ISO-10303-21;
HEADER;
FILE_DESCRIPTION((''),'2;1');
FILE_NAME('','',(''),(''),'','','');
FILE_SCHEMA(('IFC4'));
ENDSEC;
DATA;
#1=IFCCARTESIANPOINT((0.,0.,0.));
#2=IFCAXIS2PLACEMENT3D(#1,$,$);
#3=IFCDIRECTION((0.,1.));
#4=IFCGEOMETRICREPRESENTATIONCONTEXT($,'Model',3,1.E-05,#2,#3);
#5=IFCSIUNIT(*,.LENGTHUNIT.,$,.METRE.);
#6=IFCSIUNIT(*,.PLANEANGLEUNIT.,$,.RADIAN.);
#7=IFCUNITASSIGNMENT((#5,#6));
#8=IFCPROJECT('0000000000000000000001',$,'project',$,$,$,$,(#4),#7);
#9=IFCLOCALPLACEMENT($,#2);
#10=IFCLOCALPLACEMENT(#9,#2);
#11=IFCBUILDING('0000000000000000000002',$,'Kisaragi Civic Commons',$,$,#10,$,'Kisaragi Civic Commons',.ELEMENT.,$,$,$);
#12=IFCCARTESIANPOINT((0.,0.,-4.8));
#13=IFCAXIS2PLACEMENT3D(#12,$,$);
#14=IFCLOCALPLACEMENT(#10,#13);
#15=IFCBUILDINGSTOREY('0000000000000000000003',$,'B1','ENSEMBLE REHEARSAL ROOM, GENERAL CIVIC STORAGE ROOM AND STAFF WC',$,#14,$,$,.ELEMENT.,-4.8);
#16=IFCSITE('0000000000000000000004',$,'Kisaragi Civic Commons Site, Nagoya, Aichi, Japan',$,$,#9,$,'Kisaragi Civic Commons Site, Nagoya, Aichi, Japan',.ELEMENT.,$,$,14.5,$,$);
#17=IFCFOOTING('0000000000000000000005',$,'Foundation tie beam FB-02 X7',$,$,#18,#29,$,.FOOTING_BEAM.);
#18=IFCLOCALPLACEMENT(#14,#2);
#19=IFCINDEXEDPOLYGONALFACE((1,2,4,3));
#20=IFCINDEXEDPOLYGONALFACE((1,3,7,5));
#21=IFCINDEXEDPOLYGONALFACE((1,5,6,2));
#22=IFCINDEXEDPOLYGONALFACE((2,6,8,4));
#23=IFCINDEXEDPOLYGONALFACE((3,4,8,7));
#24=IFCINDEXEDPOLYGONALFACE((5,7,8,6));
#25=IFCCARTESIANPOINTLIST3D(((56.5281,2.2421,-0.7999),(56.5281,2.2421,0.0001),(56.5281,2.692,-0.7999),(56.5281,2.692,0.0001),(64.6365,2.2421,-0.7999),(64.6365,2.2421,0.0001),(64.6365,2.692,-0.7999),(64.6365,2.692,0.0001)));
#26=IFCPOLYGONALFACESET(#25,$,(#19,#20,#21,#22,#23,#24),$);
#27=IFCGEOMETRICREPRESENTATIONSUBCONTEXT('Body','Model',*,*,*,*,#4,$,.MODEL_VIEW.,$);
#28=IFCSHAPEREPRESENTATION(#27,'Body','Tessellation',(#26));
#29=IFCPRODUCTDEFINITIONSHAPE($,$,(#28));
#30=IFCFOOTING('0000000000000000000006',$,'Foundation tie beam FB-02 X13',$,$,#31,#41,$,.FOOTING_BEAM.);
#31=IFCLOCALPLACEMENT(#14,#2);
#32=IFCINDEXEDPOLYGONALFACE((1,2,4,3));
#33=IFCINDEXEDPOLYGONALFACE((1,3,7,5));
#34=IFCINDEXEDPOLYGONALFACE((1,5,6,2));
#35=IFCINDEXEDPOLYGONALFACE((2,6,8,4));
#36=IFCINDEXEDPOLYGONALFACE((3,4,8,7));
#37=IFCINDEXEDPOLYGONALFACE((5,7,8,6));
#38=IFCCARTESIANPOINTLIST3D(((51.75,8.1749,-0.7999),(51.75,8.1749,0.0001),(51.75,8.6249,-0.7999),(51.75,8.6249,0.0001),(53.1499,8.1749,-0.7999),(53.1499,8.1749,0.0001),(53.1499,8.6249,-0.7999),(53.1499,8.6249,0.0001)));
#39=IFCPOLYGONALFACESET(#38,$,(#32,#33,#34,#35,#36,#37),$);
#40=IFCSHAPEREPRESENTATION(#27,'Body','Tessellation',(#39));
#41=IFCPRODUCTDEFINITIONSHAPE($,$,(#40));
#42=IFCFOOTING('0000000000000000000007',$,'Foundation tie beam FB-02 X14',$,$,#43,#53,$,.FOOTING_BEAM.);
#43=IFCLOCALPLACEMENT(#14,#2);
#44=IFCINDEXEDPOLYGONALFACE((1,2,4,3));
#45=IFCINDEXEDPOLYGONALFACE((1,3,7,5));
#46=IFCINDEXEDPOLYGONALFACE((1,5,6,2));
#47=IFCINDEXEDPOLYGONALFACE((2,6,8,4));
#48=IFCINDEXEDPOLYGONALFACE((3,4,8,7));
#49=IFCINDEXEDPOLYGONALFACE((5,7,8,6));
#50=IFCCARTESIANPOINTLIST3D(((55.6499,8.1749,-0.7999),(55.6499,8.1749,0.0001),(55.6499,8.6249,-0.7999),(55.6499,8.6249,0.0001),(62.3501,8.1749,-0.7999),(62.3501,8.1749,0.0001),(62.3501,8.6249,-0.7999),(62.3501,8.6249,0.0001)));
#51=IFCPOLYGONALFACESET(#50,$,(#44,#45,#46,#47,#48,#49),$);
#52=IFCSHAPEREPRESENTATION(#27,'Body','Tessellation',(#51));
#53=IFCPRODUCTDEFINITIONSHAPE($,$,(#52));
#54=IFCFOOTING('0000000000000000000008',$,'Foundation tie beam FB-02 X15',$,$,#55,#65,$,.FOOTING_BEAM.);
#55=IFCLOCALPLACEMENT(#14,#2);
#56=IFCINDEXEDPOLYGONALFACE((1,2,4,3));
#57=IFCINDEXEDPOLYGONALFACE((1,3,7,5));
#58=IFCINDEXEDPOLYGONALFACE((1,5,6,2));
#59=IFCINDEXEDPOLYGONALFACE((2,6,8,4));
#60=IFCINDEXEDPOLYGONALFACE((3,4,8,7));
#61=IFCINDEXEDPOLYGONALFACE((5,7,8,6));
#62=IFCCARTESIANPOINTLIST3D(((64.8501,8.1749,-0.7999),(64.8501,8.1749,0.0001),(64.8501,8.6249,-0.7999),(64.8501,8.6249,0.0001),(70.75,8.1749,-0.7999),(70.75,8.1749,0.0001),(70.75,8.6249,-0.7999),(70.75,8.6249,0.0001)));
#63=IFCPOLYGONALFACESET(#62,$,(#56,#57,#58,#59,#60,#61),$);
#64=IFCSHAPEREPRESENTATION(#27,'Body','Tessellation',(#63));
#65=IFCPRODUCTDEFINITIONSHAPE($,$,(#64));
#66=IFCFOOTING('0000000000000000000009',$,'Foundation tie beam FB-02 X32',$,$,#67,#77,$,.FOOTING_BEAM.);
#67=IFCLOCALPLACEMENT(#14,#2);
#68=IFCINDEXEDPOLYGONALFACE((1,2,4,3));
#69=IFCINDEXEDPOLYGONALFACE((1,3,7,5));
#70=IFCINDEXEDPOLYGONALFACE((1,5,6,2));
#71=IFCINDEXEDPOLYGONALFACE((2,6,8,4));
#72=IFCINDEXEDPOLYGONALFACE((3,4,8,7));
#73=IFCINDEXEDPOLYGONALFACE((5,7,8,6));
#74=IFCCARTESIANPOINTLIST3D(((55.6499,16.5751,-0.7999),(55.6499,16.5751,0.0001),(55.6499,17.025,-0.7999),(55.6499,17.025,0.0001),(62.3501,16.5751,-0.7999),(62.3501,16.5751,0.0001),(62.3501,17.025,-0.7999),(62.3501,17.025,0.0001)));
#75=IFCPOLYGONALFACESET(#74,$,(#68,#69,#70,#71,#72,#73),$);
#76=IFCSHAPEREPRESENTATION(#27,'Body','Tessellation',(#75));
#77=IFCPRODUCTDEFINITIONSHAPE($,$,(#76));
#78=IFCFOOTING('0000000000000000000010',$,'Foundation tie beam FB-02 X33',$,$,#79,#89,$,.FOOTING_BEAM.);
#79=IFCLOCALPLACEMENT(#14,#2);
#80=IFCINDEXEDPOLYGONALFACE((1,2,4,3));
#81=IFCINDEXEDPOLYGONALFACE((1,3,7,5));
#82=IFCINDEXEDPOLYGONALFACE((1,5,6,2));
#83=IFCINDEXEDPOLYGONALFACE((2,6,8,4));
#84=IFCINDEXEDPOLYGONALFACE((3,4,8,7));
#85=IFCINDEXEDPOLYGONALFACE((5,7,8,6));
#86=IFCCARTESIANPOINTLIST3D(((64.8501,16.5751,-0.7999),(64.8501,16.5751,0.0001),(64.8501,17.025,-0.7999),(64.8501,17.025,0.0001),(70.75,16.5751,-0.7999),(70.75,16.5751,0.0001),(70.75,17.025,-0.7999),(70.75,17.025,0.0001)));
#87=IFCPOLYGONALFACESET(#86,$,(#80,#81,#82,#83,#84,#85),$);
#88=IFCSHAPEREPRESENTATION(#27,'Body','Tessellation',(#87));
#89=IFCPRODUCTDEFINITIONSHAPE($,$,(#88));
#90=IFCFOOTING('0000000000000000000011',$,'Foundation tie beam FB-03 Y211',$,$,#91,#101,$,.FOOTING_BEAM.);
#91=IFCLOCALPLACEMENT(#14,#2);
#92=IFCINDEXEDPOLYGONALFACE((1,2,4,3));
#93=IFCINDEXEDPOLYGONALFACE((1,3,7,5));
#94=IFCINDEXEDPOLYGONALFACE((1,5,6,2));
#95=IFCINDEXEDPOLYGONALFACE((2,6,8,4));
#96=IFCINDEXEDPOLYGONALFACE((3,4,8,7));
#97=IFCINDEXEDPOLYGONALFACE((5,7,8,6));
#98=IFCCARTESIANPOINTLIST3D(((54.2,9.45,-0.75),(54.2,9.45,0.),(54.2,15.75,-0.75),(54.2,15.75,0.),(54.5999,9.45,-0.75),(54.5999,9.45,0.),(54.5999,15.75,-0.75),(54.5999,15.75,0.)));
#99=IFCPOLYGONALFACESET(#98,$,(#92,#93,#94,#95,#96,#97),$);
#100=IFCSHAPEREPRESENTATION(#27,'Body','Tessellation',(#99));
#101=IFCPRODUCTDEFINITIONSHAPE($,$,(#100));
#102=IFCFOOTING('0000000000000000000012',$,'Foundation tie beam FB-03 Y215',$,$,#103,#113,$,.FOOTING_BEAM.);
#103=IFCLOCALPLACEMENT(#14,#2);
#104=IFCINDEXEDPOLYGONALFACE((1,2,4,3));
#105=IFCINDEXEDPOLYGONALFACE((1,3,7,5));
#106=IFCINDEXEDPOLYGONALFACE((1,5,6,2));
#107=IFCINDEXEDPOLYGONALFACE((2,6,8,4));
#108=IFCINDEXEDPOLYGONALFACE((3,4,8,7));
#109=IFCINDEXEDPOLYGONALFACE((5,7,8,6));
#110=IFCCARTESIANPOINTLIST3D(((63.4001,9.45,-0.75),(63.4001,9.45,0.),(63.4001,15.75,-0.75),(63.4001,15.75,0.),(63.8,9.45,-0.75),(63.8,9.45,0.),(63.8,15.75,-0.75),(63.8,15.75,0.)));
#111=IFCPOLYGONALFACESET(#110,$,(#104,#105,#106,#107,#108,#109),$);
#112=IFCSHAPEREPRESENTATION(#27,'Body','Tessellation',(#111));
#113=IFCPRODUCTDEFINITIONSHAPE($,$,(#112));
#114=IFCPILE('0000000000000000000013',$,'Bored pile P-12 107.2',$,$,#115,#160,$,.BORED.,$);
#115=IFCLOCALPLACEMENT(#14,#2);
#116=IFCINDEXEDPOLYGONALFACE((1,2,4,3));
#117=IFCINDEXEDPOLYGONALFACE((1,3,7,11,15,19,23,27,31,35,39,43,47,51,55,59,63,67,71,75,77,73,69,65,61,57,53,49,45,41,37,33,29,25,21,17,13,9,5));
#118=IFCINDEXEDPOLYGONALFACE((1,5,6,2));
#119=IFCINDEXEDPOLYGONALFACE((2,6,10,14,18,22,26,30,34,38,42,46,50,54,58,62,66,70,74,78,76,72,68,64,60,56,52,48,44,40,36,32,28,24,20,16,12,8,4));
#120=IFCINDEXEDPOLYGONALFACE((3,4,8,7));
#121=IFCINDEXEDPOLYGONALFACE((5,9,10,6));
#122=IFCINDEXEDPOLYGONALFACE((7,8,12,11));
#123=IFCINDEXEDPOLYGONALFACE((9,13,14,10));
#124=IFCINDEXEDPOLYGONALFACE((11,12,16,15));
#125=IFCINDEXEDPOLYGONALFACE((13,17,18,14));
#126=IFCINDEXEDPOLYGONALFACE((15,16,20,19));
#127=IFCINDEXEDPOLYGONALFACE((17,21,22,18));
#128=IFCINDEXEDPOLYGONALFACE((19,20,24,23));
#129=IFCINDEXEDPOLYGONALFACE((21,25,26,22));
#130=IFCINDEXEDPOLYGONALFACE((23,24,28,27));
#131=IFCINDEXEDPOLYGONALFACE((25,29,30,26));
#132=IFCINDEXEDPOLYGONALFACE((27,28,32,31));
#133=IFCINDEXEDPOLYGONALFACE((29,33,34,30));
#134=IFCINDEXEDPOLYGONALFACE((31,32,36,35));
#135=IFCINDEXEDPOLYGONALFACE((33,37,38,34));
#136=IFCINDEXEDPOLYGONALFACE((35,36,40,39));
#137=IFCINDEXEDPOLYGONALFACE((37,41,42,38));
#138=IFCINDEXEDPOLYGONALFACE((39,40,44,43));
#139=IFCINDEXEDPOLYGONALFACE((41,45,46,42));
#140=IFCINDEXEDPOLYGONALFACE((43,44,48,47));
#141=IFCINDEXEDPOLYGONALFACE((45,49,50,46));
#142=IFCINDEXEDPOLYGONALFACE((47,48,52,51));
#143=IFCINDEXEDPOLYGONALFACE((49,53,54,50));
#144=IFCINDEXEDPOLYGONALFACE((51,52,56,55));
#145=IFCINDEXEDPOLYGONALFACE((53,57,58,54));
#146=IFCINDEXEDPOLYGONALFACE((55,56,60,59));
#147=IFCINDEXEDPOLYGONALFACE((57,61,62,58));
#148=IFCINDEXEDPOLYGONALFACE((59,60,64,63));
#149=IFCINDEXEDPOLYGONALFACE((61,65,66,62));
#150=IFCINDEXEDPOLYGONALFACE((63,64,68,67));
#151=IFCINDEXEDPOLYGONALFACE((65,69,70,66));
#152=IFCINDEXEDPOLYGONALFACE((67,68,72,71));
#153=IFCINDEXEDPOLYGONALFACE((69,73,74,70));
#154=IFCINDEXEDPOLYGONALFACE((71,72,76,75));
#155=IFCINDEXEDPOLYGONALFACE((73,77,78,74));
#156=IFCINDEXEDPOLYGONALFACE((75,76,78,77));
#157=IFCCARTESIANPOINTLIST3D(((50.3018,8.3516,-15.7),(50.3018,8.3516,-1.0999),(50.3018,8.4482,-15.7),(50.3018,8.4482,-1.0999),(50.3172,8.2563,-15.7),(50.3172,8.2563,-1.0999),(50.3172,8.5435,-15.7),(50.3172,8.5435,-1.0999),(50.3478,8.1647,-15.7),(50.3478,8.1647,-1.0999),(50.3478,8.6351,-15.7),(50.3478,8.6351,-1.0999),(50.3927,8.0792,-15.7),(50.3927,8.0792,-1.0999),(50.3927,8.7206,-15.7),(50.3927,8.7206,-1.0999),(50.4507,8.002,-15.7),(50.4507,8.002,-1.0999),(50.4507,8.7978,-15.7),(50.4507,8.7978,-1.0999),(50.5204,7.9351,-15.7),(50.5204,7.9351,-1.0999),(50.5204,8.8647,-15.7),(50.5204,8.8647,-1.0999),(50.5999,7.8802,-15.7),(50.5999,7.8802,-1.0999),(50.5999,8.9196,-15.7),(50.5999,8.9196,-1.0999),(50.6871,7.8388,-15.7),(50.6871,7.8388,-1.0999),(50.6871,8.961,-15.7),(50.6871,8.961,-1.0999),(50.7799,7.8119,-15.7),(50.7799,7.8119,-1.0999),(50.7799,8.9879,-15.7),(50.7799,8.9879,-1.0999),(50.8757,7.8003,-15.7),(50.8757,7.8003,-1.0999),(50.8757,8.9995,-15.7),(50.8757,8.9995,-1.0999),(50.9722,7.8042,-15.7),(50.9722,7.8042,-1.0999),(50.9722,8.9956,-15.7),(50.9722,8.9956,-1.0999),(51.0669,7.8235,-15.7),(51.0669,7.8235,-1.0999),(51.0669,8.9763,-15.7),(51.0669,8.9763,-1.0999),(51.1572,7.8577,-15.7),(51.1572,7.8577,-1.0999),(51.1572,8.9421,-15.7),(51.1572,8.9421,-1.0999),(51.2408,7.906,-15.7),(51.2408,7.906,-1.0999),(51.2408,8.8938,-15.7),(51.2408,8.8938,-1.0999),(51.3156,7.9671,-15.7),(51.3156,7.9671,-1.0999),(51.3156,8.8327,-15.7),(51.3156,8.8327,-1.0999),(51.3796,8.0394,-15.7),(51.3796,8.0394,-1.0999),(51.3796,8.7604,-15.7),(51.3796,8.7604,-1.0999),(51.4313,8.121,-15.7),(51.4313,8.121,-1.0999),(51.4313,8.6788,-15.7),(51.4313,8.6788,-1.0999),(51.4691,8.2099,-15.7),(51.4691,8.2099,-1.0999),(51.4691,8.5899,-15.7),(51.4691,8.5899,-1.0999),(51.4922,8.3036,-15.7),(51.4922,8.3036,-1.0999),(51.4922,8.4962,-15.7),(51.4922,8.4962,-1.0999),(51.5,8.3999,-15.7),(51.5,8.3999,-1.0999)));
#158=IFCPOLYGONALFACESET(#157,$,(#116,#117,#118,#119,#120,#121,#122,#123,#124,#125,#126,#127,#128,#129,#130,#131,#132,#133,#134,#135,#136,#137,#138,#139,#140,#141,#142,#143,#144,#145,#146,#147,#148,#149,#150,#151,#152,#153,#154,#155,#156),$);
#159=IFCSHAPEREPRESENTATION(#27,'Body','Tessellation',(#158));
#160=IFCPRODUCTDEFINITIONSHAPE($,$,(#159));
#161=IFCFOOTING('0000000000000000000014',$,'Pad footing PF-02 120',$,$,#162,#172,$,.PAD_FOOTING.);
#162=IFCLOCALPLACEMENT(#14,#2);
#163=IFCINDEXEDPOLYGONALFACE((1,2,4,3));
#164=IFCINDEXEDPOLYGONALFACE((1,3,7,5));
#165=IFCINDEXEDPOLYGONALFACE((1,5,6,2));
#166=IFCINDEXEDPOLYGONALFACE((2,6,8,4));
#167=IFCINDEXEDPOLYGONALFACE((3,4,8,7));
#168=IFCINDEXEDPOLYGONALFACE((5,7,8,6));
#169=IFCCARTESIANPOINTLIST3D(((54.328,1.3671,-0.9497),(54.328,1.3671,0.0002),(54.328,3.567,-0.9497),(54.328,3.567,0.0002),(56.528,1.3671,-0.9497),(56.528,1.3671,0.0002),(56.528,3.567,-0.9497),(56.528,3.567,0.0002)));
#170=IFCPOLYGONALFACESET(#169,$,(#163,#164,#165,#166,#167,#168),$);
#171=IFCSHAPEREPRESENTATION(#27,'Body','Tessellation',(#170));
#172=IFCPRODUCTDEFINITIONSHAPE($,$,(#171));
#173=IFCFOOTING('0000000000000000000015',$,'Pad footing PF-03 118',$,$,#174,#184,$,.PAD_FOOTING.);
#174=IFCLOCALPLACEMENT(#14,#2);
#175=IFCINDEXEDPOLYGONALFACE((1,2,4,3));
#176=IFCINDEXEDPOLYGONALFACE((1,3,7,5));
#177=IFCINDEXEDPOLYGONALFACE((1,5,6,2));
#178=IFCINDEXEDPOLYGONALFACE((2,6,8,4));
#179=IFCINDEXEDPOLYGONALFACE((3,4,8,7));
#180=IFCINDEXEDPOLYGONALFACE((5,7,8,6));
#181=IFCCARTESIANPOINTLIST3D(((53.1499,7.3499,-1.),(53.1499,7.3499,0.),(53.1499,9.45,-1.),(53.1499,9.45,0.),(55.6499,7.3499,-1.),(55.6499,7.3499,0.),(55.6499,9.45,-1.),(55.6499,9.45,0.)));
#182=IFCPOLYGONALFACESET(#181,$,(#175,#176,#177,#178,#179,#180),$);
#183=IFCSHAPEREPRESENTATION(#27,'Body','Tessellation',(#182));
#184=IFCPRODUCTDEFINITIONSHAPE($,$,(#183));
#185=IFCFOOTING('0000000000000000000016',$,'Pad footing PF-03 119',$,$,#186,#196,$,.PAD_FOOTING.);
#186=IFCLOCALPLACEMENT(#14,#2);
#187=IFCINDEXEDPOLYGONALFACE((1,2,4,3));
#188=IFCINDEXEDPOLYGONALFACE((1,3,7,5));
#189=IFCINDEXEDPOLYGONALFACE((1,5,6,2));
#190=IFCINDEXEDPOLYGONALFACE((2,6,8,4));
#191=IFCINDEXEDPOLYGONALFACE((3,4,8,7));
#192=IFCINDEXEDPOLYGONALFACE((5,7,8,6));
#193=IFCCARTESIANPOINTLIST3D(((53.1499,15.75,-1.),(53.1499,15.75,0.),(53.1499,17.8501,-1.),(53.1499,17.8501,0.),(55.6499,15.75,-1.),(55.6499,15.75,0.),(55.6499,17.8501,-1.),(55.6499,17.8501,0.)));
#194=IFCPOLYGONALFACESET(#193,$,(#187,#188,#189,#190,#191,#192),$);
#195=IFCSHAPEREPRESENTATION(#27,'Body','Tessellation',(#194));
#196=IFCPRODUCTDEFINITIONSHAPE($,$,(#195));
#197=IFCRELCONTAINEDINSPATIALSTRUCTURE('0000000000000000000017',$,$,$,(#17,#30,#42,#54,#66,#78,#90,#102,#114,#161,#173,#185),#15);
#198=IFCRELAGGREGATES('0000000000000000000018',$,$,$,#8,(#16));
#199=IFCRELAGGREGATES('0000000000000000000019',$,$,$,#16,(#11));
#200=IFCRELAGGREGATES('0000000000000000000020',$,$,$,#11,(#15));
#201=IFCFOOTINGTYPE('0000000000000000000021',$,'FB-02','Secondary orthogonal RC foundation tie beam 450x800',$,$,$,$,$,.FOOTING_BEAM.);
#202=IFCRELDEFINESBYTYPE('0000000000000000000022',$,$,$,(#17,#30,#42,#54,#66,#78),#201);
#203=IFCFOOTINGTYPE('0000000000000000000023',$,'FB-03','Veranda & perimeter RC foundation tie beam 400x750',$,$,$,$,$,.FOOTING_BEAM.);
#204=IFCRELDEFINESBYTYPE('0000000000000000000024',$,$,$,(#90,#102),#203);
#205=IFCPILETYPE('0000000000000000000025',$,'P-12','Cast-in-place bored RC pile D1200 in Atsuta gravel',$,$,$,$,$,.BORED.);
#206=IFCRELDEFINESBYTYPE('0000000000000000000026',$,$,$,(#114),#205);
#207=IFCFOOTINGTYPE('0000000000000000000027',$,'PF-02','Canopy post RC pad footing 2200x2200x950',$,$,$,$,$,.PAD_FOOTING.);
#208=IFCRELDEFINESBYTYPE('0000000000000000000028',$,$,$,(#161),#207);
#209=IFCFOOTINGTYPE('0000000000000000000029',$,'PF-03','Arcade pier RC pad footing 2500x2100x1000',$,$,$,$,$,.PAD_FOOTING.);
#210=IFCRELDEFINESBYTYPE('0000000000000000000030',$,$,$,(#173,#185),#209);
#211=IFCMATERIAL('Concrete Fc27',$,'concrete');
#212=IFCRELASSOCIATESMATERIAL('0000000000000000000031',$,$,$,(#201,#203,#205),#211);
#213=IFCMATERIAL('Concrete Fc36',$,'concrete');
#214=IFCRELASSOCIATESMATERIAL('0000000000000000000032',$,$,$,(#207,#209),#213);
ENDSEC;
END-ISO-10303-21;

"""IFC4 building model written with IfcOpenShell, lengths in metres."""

from ifc_helpers import new_model, si_unit, direction, frame, origin, origin_2d, place, context, subcontext, project, spatial, rectangle, circle, extrude, material, material_profile, profile_set, type_object, element, save


model = new_model("IFC4")

# Units and contexts
model_context = context("Model", 3, precision=1e-05, world=origin(), true_north=direction((0.0, 1.0)))
body_context = subcontext(model_context, "Body", "Model", "MODEL_VIEW")
ifc_project = project(units=[si_unit("LENGTHUNIT", "METRE"), si_unit("PLANEANGLEUNIT", "RADIAN")], contexts=[model_context])

# Site, building, storey
site_placement = place(None, origin())
site = spatial("IfcSite", under=ifc_project, at=site_placement, Name="Kisaragi Civic Commons Site, Nagoya, Aichi, Japan", LongName="Kisaragi Civic Commons Site, Nagoya, Aichi, Japan", CompositionType="ELEMENT", RefElevation=14.5)
building_placement = place(site_placement, origin())
building = spatial("IfcBuilding", under=site, at=building_placement, Name="Kisaragi Civic Commons", LongName="Kisaragi Civic Commons", CompositionType="ELEMENT")
storey_placement = place(building_placement, frame((0.0, 0.0, -4.8)))
storey = spatial("IfcBuildingStorey", under=building, at=storey_placement, Name="B1", Description="ENSEMBLE REHEARSAL ROOM, GENERAL CIVIC STORAGE ROOM AND STAFF WC", CompositionType="ELEMENT", Elevation=-4.8)

# Footings
ifc_material_1 = material(Name="Concrete Fc27", Category="concrete")
ifc_material_profile_1 = material_profile(ifc_material_1, rectangle(XDim=0.45, YDim=0.8, at=origin_2d()), Name="RC-450x800", Category="concrete")
ifc_profile_set_1 = profile_set([ifc_material_profile_1], Name="Concrete Fc27")
footing_type_1 = type_object("IfcFootingType", Name="FB-02", Description="Secondary orthogonal RC foundation tie beam 450x800", PredefinedType="FOOTING_BEAM", material=ifc_profile_set_1)
footing_1_placement = place(storey_placement, frame((56.5281, 2.467, -0.3999), z_axis=(1.0, 0.0, 0.0), x_axis=(0.0, 1.0, 0.0)))
element("IfcFooting", 1, at=footing_1_placement, inside=storey, type_object=footing_type_1, Name="Foundation tie beam FB-02 X7", PredefinedType="FOOTING_BEAM", context=body_context, shape_type="SweptSolid", body=[
    extrude(rectangle(XDim=0.45, YDim=0.8, at=origin_2d()), origin(), (0.0, 0.0, 1.0), 8.1084),
])
footing_2_placement = place(storey_placement, frame((51.75, 8.3999, -0.3999), z_axis=(1.0, 0.0, 0.0), x_axis=(0.0, 1.0, 0.0)))
element("IfcFooting", 2, at=footing_2_placement, inside=storey, type_object=footing_type_1, Name="Foundation tie beam FB-02 X13", PredefinedType="FOOTING_BEAM", context=body_context, shape_type="SweptSolid", body=[
    extrude(rectangle(XDim=0.45, YDim=0.8, at=origin_2d()), origin(), (0.0, 0.0, 1.0), 1.3999),
])
footing_3_placement = place(storey_placement, frame((55.6499, 8.3999, -0.3999), z_axis=(1.0, 0.0, 0.0), x_axis=(0.0, 1.0, 0.0)))
element("IfcFooting", 3, at=footing_3_placement, inside=storey, type_object=footing_type_1, Name="Foundation tie beam FB-02 X14", PredefinedType="FOOTING_BEAM", context=body_context, shape_type="SweptSolid", body=[
    extrude(rectangle(XDim=0.45, YDim=0.8, at=origin_2d()), origin(), (0.0, 0.0, 1.0), 6.7002),
])
footing_4_placement = place(storey_placement, frame((64.8501, 8.3999, -0.3999), z_axis=(1.0, 0.0, 0.0), x_axis=(0.0, 1.0, 0.0)))
element("IfcFooting", 4, at=footing_4_placement, inside=storey, type_object=footing_type_1, Name="Foundation tie beam FB-02 X15", PredefinedType="FOOTING_BEAM", context=body_context, shape_type="SweptSolid", body=[
    extrude(rectangle(XDim=0.45, YDim=0.8, at=origin_2d()), origin(), (0.0, 0.0, 1.0), 5.8999),
])
footing_5_placement = place(storey_placement, frame((55.6499, 16.8, -0.3999), z_axis=(1.0, 0.0, 0.0), x_axis=(0.0, 1.0, 0.0)))
element("IfcFooting", 5, at=footing_5_placement, inside=storey, type_object=footing_type_1, Name="Foundation tie beam FB-02 X32", PredefinedType="FOOTING_BEAM", context=body_context, shape_type="SweptSolid", body=[
    extrude(rectangle(XDim=0.45, YDim=0.8, at=origin_2d()), origin(), (0.0, 0.0, 1.0), 6.7002),
])
footing_6_placement = place(storey_placement, frame((64.8501, 16.8, -0.3999), z_axis=(1.0, 0.0, 0.0), x_axis=(0.0, 1.0, 0.0)))
element("IfcFooting", 6, at=footing_6_placement, inside=storey, type_object=footing_type_1, Name="Foundation tie beam FB-02 X33", PredefinedType="FOOTING_BEAM", context=body_context, shape_type="SweptSolid", body=[
    extrude(rectangle(XDim=0.45, YDim=0.8, at=origin_2d()), origin(), (0.0, 0.0, 1.0), 5.8999),
])
ifc_material_profile_2 = material_profile(ifc_material_1, rectangle(XDim=0.3999, YDim=0.75, at=origin_2d()), Name="RC-400x750", Category="concrete")
ifc_profile_set_2 = profile_set([ifc_material_profile_2], Name="Concrete Fc27")
footing_type_2 = type_object("IfcFootingType", Name="FB-03", Description="Veranda & perimeter RC foundation tie beam 400x750", PredefinedType="FOOTING_BEAM", material=ifc_profile_set_2)
for number, where, z_axis, x_axis, name in (
    (7, (54.3999, 9.45, -0.375), (0.0, 1.0, 0.0), (-1.0, 0.0, 0.0), "Foundation tie beam FB-03 Y211"),
    (8, (63.6001, 9.45, -0.375), (0.0, 1.0, 0.0), (-1.0, 0.0, 0.0), "Foundation tie beam FB-03 Y215"),
):
    element("IfcFooting", number, at=place(storey_placement, frame(where, z_axis=z_axis, x_axis=x_axis)), inside=storey, type_object=footing_type_2, Name=name, PredefinedType="FOOTING_BEAM", context=body_context, shape_type="SweptSolid", body=[
        extrude(rectangle(XDim=0.3999, YDim=0.75, at=origin_2d()), origin(), (0.0, 0.0, 1.0), 6.3),
    ])

# Pile
ifc_material_profile_3 = material_profile(ifc_material_1, circle(Radius=0.6001, at=origin_2d()), Name="PILE-D1200", Category="concrete")
ifc_profile_set_3 = profile_set([ifc_material_profile_3], Name="Concrete Fc27")
pile_type = type_object("IfcPileType", Name="P-12", Description="Cast-in-place bored RC pile D1200 in Atsuta gravel", PredefinedType="BORED", material=ifc_profile_set_3)
pile_placement = place(storey_placement, frame((50.8999, 8.3999, -1.0999), z_axis=(0.0, 0.0, -1.0), x_axis=(1.0, 0.0, 0.0)))
element("IfcPile", 9, at=pile_placement, inside=storey, type_object=pile_type, Name="Bored pile P-12 107.2", PredefinedType="BORED", context=body_context, shape_type="SweptSolid", body=[
    extrude(circle(Radius=0.6001, at=origin_2d()), origin(), (0.0, 0.0, 1.0), 14.6001),
])

# Footings
ifc_material_2 = material(Name="Concrete Fc36", Category="concrete")
footing_type_3 = type_object("IfcFootingType", Name="PF-02", Description="Canopy post RC pad footing 2200x2200x950", PredefinedType="PAD_FOOTING", material=ifc_material_2)
footing_7_placement = place(storey_placement, frame((55.428, 2.467, -0.9497), z_axis=(0.0, 0.0, 1.0), x_axis=(1.0, 0.0, 0.0)))
element("IfcFooting", 10, at=footing_7_placement, inside=storey, type_object=footing_type_3, Name="Pad footing PF-02 120", PredefinedType="PAD_FOOTING", context=body_context, shape_type="SweptSolid", body=[
    extrude(rectangle(XDim=2.2, YDim=2.2, at=origin_2d()), origin(), (0.0, 0.0, 1.0), 0.95),
])
footing_type_4 = type_object("IfcFootingType", Name="PF-03", Description="Arcade pier RC pad footing 2500x2100x1000", PredefinedType="PAD_FOOTING", material=ifc_material_2)
for number, where, z_axis, x_axis, name in (
    (11, (54.3999, 8.3999, -1.0), (0.0, 0.0, 1.0), (1.0, 0.0, 0.0), "Pad footing PF-03 118"),
    (12, (54.3999, 16.8, -1.0), (0.0, 0.0, 1.0), (1.0, 0.0, 0.0), "Pad footing PF-03 119"),
):
    element("IfcFooting", number, at=place(storey_placement, frame(where, z_axis=z_axis, x_axis=x_axis)), inside=storey, type_object=footing_type_4, Name=name, PredefinedType="PAD_FOOTING", context=body_context, shape_type="SweptSolid", body=[
        extrude(rectangle(XDim=2.5, YDim=2.1001, at=origin_2d()), origin(), (0.0, 0.0, 1.0), 1.0),
    ])

save(model, "model.ifc")
